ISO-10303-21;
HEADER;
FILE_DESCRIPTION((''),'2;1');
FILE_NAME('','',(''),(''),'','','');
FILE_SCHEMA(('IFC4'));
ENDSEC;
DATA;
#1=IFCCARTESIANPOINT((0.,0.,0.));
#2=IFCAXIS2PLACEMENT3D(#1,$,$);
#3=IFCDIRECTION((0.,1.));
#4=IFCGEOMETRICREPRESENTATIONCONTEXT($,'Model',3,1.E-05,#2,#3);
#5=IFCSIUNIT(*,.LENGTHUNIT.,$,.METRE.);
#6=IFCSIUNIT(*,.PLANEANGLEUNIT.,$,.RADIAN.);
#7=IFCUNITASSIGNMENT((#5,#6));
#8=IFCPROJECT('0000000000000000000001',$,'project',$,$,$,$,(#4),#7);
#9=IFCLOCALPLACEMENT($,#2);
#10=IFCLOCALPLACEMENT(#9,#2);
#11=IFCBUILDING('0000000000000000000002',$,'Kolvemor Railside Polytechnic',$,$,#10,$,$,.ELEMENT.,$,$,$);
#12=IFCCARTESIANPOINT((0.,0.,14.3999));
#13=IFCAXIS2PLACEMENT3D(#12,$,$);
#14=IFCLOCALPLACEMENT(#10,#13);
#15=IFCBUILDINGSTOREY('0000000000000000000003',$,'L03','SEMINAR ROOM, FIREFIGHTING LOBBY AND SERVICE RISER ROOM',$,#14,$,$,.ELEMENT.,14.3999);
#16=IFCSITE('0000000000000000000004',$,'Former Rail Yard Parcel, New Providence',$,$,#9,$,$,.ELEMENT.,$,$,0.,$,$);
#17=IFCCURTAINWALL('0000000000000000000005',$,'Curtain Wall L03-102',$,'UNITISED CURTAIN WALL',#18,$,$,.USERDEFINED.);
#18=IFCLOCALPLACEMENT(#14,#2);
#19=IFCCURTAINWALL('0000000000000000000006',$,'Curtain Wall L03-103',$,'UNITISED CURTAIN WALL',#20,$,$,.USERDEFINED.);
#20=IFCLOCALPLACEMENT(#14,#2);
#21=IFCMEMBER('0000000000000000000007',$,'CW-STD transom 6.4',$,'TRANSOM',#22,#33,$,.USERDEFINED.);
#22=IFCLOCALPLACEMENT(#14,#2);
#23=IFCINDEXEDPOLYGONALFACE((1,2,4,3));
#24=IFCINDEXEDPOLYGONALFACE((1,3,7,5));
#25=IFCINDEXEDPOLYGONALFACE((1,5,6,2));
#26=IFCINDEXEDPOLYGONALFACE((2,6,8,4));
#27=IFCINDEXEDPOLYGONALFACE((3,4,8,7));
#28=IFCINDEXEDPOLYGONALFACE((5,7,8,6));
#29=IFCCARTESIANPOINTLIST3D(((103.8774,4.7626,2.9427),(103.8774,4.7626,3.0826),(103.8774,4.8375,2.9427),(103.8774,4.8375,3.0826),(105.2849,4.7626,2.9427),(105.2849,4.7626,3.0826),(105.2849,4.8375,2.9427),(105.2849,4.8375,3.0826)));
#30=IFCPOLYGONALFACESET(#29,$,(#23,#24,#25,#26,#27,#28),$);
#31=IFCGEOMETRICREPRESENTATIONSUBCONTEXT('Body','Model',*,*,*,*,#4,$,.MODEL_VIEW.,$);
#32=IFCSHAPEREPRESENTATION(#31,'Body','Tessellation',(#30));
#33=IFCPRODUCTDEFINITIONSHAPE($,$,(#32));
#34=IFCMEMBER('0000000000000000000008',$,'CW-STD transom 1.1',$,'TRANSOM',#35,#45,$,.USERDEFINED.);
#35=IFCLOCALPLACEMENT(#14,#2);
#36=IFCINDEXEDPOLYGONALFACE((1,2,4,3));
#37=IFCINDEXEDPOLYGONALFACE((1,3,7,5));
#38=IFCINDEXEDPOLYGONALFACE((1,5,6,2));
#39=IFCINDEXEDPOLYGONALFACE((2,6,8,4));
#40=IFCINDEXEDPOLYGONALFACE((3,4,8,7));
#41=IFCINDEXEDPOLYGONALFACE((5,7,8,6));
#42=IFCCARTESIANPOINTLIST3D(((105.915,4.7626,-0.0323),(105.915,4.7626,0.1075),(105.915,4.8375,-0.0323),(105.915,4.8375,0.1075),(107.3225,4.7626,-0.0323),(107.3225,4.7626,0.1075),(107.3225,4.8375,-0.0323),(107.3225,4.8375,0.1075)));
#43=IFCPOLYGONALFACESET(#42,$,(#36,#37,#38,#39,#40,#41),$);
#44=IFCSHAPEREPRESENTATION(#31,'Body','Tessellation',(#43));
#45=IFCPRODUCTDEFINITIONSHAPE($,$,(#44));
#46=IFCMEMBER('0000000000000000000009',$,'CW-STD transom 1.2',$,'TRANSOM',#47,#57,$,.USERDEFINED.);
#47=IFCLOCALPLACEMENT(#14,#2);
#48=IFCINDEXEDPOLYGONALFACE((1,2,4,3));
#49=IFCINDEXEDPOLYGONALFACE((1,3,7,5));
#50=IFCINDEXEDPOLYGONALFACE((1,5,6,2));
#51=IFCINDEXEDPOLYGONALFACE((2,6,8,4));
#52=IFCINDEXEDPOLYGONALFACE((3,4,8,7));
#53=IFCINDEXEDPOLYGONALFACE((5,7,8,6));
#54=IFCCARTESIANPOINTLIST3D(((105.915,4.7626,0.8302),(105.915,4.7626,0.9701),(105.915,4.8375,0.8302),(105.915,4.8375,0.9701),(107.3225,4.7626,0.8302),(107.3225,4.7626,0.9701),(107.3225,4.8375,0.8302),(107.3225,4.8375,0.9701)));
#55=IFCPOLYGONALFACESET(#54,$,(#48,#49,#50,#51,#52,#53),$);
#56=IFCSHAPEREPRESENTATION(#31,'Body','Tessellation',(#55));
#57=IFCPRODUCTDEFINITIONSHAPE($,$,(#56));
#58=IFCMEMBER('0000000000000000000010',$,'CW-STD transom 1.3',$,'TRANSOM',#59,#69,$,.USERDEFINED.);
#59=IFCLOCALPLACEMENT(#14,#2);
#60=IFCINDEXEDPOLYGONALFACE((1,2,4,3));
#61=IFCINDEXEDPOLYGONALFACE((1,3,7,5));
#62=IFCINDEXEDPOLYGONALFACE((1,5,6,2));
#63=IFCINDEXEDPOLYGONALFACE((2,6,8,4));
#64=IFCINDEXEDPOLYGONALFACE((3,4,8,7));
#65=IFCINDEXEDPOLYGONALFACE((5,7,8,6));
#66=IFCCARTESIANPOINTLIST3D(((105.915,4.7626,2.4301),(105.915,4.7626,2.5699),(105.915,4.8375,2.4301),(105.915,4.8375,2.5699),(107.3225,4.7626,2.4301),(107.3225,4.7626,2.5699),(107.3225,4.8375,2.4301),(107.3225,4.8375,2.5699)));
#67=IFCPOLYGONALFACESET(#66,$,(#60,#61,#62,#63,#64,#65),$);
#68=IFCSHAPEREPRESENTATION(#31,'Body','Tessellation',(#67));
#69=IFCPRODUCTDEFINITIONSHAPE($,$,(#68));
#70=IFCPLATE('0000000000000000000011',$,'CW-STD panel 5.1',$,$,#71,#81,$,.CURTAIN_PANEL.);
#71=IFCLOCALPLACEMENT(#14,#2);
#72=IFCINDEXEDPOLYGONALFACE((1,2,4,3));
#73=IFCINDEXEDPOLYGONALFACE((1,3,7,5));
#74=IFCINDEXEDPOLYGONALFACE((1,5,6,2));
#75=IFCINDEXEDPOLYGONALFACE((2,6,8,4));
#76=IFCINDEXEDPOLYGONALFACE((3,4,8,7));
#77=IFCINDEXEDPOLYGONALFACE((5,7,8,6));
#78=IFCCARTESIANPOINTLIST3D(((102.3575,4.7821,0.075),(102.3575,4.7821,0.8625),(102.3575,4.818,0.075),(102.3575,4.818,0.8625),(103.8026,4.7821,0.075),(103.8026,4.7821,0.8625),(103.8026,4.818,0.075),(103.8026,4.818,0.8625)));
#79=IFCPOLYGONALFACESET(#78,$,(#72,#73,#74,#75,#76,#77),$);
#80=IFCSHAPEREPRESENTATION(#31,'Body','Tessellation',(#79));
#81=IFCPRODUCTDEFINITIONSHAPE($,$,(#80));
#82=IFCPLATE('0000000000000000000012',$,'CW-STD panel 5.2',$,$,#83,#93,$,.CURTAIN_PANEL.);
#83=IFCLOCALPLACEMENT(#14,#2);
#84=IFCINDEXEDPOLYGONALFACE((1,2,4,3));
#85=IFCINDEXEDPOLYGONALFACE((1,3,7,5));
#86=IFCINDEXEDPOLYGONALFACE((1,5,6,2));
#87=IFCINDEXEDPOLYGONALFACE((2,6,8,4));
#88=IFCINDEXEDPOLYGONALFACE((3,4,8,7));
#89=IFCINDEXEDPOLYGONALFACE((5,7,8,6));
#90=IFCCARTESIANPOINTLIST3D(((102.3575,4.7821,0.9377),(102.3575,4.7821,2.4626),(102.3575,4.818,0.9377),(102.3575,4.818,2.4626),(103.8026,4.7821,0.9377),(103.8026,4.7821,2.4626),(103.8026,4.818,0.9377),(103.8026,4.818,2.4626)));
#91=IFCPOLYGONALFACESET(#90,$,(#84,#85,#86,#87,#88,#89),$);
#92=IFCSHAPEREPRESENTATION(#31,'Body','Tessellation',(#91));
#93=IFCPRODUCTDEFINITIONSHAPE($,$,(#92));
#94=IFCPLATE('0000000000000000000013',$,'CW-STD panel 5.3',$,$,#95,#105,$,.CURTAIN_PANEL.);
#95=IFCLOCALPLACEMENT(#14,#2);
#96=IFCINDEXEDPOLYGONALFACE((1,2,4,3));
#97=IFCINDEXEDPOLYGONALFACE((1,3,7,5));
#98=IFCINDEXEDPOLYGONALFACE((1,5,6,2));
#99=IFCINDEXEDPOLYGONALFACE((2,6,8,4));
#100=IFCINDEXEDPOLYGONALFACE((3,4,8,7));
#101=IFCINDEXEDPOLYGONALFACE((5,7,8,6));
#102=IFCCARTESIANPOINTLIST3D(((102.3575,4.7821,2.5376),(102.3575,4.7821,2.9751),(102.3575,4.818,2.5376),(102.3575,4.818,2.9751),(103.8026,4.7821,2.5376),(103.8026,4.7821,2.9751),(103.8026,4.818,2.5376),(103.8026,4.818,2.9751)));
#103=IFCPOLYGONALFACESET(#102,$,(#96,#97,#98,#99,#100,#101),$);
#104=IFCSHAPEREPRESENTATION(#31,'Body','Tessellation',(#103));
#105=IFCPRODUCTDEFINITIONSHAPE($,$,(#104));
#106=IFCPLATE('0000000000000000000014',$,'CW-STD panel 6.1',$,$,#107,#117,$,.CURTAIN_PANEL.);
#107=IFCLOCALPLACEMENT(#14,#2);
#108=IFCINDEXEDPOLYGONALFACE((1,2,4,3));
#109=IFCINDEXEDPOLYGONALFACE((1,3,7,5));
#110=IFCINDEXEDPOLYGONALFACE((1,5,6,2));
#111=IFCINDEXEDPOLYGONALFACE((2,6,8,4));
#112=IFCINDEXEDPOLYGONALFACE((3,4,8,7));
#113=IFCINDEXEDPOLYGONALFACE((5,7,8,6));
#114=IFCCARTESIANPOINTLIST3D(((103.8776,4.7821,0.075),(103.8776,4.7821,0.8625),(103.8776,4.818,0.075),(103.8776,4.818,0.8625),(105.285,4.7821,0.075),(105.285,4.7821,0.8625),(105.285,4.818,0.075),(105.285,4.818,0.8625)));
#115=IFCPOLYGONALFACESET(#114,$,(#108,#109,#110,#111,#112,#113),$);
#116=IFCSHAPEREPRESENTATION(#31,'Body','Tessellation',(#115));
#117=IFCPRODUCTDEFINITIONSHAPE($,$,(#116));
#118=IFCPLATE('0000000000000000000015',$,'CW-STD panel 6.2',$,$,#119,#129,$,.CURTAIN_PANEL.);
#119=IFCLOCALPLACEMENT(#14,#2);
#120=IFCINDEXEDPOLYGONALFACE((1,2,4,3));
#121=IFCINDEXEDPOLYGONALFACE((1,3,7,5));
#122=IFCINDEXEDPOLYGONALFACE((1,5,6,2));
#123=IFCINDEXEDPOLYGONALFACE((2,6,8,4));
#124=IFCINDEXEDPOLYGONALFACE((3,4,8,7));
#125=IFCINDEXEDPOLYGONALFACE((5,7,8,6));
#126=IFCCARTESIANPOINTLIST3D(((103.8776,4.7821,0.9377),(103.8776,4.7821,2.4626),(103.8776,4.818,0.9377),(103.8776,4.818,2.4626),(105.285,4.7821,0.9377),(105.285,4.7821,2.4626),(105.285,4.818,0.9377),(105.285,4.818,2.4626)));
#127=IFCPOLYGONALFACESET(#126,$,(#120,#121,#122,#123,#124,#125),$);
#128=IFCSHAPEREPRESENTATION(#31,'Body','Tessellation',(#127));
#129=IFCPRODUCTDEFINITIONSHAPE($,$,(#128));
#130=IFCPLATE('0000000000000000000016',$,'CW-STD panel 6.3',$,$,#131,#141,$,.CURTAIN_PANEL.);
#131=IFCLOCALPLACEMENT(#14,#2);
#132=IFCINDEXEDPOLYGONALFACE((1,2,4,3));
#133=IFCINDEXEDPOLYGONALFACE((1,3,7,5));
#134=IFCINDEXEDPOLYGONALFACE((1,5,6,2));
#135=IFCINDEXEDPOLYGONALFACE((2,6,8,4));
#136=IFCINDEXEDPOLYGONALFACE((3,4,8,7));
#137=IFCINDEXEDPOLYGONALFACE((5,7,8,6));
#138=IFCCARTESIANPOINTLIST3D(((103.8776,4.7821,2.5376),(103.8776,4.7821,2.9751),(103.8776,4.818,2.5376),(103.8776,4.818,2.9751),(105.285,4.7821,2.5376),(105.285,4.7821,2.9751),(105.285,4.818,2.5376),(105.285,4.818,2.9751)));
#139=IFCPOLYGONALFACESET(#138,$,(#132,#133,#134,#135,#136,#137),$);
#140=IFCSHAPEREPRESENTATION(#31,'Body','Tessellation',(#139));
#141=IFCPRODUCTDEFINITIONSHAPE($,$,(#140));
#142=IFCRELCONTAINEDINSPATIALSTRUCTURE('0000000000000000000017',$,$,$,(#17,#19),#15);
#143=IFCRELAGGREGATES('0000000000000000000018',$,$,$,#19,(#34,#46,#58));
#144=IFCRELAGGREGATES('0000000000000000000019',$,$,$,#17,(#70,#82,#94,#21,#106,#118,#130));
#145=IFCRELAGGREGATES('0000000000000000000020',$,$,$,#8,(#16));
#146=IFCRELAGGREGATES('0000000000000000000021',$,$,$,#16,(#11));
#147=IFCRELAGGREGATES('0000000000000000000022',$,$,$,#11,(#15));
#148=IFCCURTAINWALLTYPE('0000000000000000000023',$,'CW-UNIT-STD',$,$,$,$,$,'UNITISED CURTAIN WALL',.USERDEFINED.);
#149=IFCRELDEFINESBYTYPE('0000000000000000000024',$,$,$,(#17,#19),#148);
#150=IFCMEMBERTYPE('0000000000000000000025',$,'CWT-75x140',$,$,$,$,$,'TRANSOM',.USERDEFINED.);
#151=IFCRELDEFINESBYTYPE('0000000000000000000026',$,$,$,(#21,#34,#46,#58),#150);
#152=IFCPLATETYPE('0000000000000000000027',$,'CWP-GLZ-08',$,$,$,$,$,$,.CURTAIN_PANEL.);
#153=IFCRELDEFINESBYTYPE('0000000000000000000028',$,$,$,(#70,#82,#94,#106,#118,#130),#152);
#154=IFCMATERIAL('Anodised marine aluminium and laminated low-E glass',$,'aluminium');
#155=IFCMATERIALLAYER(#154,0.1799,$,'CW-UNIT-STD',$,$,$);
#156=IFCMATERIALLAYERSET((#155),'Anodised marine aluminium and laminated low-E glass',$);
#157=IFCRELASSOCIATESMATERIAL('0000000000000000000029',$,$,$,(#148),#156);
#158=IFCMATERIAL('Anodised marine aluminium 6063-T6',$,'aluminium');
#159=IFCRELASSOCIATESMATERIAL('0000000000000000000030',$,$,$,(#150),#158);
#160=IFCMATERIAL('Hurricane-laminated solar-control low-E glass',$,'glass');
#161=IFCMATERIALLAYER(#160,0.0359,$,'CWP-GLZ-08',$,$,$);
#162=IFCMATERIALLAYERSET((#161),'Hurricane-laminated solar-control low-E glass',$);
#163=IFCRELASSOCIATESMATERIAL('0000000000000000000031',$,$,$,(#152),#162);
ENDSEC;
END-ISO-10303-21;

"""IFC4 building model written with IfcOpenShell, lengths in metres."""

from ifc_helpers import new_model, si_unit, direction, frame, origin, origin_2d, place, context, subcontext, project, spatial, rectangle, extrude, material, layer, layer_set, material_profile, profile_set, type_object, element, aggregate, save


model = new_model("IFC4")

# Units and contexts
model_context = context("Model", 3, precision=1e-05, world=origin(), true_north=direction((0.0, 1.0)))
body_context = subcontext(model_context, "Body", "Model", "MODEL_VIEW")
ifc_project = project(units=[si_unit("LENGTHUNIT", "METRE"), si_unit("PLANEANGLEUNIT", "RADIAN")], contexts=[model_context])

# Site, building, storey
site_placement = place(None, origin())
site = spatial("IfcSite", under=ifc_project, at=site_placement, Name="Former Rail Yard Parcel, New Providence", CompositionType="ELEMENT", RefElevation=0.0)
building_placement = place(site_placement, origin())
building = spatial("IfcBuilding", under=site, at=building_placement, Name="Kolvemor Railside Polytechnic", CompositionType="ELEMENT")
storey_placement = place(building_placement, frame((0.0, 0.0, 14.3999)))
storey = spatial("IfcBuildingStorey", under=building, at=storey_placement, Name="L03", Description="SEMINAR ROOM, FIREFIGHTING LOBBY AND SERVICE RISER ROOM", CompositionType="ELEMENT", Elevation=14.3999)

# Curtain wall
ifc_material_1 = material(Name="Anodised marine aluminium and laminated low-E glass", Category="aluminium")
ifc_layer_1 = layer(ifc_material_1, 0.1799, Name="CW-UNIT-STD")
ifc_layer_set_1 = layer_set([ifc_layer_1], Name="Anodised marine aluminium and laminated low-E glass")
curtain_wall_type = type_object("IfcCurtainWallType", Name="CW-UNIT-STD", ElementType="UNITISED CURTAIN WALL", PredefinedType="USERDEFINED", material=ifc_layer_set_1)
curtain_wall_1_placement = place(storey_placement, origin())
curtain_wall_1 = element("IfcCurtainWall", 1, at=curtain_wall_1_placement, inside=storey, type_object=curtain_wall_type, Name="Curtain Wall L03-102", ObjectType="UNITISED CURTAIN WALL", PredefinedType="USERDEFINED")

# Curtain wall
curtain_wall_2_placement = place(storey_placement, origin())
curtain_wall_2 = element("IfcCurtainWall", 2, at=curtain_wall_2_placement, inside=storey, type_object=curtain_wall_type, Name="Curtain Wall L03-103", ObjectType="UNITISED CURTAIN WALL", PredefinedType="USERDEFINED")

# Members
ifc_material_2 = material(Name="Anodised marine aluminium 6063-T6", Category="aluminium")
ifc_material_profile_1 = material_profile(ifc_material_2, rectangle(XDim=0.075, YDim=0.1399, at=origin_2d()), Name="CW-TRN-75x140")
ifc_profile_set_1 = profile_set([ifc_material_profile_1], Name="Anodised marine aluminium 6063-T6")
member_type_1 = type_object("IfcMemberType", Name="CWT-75x140", ElementType="TRANSOM", PredefinedType="USERDEFINED", material=ifc_profile_set_1)
member_1_placement = place(storey_placement, frame((103.8774, 4.8, 3.0127), z_axis=(1.0, 0.0, 0.0), x_axis=(0.0, 1.0, 0.0)))
member_1 = element("IfcMember", 3, at=member_1_placement, type_object=member_type_1, Name="CW-STD transom 6.4", ObjectType="TRANSOM", PredefinedType="USERDEFINED", context=body_context, shape_type="SweptSolid", body=[
    extrude(rectangle(XDim=0.075, YDim=0.1399, at=origin_2d()), origin(), (0.0, 0.0, 1.0), 1.4075),
])
member_2_placement = place(storey_placement, frame((105.915, 4.8, 0.0376), z_axis=(1.0, 0.0, 0.0), x_axis=(0.0, 1.0, 0.0)))
member_2 = element("IfcMember", 4, at=member_2_placement, type_object=member_type_1, Name="CW-STD transom 1.1", ObjectType="TRANSOM", PredefinedType="USERDEFINED", context=body_context, shape_type="SweptSolid", body=[
    extrude(rectangle(XDim=0.075, YDim=0.1399, at=origin_2d()), origin(), (0.0, 0.0, 1.0), 1.4075),
])
member_3_placement = place(storey_placement, frame((105.915, 4.8, 0.9001), z_axis=(1.0, 0.0, 0.0), x_axis=(0.0, 1.0, 0.0)))
member_3 = element("IfcMember", 5, at=member_3_placement, type_object=member_type_1, Name="CW-STD transom 1.2", ObjectType="TRANSOM", PredefinedType="USERDEFINED", context=body_context, shape_type="SweptSolid", body=[
    extrude(rectangle(XDim=0.075, YDim=0.1399, at=origin_2d()), origin(), (0.0, 0.0, 1.0), 1.4075),
])
member_4_placement = place(storey_placement, frame((105.915, 4.8, 2.5), z_axis=(1.0, 0.0, 0.0), x_axis=(0.0, 1.0, 0.0)))
member_4 = element("IfcMember", 6, at=member_4_placement, type_object=member_type_1, Name="CW-STD transom 1.3", ObjectType="TRANSOM", PredefinedType="USERDEFINED", context=body_context, shape_type="SweptSolid", body=[
    extrude(rectangle(XDim=0.075, YDim=0.1399, at=origin_2d()), origin(), (0.0, 0.0, 1.0), 1.4075),
])
aggregate(curtain_wall_2, [member_2, member_3, member_4])

# Plates
ifc_material_3 = material(Name="Hurricane-laminated solar-control low-E glass", Category="glass")
ifc_layer_2 = layer(ifc_material_3, 0.0359, Name="CWP-GLZ-08")
ifc_layer_set_2 = layer_set([ifc_layer_2], Name="Hurricane-laminated solar-control low-E glass")
plate_type = type_object("IfcPlateType", Name="CWP-GLZ-08", PredefinedType="CURTAIN_PANEL", material=ifc_layer_set_2)
plate_1_placement = place(storey_placement, frame((103.0801, 4.8, 0.075), z_axis=(0.0, 0.0, 1.0), x_axis=(1.0, 0.0, 0.0)))
plate_1 = element("IfcPlate", 7, at=plate_1_placement, type_object=plate_type, Name="CW-STD panel 5.1", PredefinedType="CURTAIN_PANEL", context=body_context, shape_type="SweptSolid", body=[
    extrude(rectangle(XDim=1.4451, YDim=0.0359, at=origin_2d()), origin(), (0.0, 0.0, 1.0), 0.7876),
])
plate_2_placement = place(storey_placement, frame((103.0801, 4.8, 0.9377), z_axis=(0.0, 0.0, 1.0), x_axis=(1.0, 0.0, 0.0)))
plate_2 = element("IfcPlate", 8, at=plate_2_placement, type_object=plate_type, Name="CW-STD panel 5.2", PredefinedType="CURTAIN_PANEL", context=body_context, shape_type="SweptSolid", body=[
    extrude(rectangle(XDim=1.4451, YDim=0.0359, at=origin_2d()), origin(), (0.0, 0.0, 1.0), 1.5249),
])
plate_3_placement = place(storey_placement, frame((103.0801, 4.8, 2.5376), z_axis=(0.0, 0.0, 1.0), x_axis=(1.0, 0.0, 0.0)))
plate_3 = element("IfcPlate", 9, at=plate_3_placement, type_object=plate_type, Name="CW-STD panel 5.3", PredefinedType="CURTAIN_PANEL", context=body_context, shape_type="SweptSolid", body=[
    extrude(rectangle(XDim=1.4451, YDim=0.0359, at=origin_2d()), origin(), (0.0, 0.0, 1.0), 0.4375),
])
plate_4_placement = place(storey_placement, frame((104.5813, 4.8, 0.075), z_axis=(0.0, 0.0, 1.0), x_axis=(1.0, 0.0, 0.0)))
plate_4 = element("IfcPlate", 10, at=plate_4_placement, type_object=plate_type, Name="CW-STD panel 6.1", PredefinedType="CURTAIN_PANEL", context=body_context, shape_type="SweptSolid", body=[
    extrude(rectangle(XDim=1.4075, YDim=0.0359, at=origin_2d()), origin(), (0.0, 0.0, 1.0), 0.7876),
])
plate_5_placement = place(storey_placement, frame((104.5813, 4.8, 0.9377), z_axis=(0.0, 0.0, 1.0), x_axis=(1.0, 0.0, 0.0)))
plate_5 = element("IfcPlate", 11, at=plate_5_placement, type_object=plate_type, Name="CW-STD panel 6.2", PredefinedType="CURTAIN_PANEL", context=body_context, shape_type="SweptSolid", body=[
    extrude(rectangle(XDim=1.4075, YDim=0.0359, at=origin_2d()), origin(), (0.0, 0.0, 1.0), 1.5249),
])
plate_6_placement = place(storey_placement, frame((104.5813, 4.8, 2.5376), z_axis=(0.0, 0.0, 1.0), x_axis=(1.0, 0.0, 0.0)))
plate_6 = element("IfcPlate", 12, at=plate_6_placement, type_object=plate_type, Name="CW-STD panel 6.3", PredefinedType="CURTAIN_PANEL", context=body_context, shape_type="SweptSolid", body=[
    extrude(rectangle(XDim=1.4075, YDim=0.0359, at=origin_2d()), origin(), (0.0, 0.0, 1.0), 0.4375),
])
aggregate(curtain_wall_1, [plate_1, plate_2, plate_3, member_1, plate_4, plate_5, plate_6])

save(model, "model.ifc")
